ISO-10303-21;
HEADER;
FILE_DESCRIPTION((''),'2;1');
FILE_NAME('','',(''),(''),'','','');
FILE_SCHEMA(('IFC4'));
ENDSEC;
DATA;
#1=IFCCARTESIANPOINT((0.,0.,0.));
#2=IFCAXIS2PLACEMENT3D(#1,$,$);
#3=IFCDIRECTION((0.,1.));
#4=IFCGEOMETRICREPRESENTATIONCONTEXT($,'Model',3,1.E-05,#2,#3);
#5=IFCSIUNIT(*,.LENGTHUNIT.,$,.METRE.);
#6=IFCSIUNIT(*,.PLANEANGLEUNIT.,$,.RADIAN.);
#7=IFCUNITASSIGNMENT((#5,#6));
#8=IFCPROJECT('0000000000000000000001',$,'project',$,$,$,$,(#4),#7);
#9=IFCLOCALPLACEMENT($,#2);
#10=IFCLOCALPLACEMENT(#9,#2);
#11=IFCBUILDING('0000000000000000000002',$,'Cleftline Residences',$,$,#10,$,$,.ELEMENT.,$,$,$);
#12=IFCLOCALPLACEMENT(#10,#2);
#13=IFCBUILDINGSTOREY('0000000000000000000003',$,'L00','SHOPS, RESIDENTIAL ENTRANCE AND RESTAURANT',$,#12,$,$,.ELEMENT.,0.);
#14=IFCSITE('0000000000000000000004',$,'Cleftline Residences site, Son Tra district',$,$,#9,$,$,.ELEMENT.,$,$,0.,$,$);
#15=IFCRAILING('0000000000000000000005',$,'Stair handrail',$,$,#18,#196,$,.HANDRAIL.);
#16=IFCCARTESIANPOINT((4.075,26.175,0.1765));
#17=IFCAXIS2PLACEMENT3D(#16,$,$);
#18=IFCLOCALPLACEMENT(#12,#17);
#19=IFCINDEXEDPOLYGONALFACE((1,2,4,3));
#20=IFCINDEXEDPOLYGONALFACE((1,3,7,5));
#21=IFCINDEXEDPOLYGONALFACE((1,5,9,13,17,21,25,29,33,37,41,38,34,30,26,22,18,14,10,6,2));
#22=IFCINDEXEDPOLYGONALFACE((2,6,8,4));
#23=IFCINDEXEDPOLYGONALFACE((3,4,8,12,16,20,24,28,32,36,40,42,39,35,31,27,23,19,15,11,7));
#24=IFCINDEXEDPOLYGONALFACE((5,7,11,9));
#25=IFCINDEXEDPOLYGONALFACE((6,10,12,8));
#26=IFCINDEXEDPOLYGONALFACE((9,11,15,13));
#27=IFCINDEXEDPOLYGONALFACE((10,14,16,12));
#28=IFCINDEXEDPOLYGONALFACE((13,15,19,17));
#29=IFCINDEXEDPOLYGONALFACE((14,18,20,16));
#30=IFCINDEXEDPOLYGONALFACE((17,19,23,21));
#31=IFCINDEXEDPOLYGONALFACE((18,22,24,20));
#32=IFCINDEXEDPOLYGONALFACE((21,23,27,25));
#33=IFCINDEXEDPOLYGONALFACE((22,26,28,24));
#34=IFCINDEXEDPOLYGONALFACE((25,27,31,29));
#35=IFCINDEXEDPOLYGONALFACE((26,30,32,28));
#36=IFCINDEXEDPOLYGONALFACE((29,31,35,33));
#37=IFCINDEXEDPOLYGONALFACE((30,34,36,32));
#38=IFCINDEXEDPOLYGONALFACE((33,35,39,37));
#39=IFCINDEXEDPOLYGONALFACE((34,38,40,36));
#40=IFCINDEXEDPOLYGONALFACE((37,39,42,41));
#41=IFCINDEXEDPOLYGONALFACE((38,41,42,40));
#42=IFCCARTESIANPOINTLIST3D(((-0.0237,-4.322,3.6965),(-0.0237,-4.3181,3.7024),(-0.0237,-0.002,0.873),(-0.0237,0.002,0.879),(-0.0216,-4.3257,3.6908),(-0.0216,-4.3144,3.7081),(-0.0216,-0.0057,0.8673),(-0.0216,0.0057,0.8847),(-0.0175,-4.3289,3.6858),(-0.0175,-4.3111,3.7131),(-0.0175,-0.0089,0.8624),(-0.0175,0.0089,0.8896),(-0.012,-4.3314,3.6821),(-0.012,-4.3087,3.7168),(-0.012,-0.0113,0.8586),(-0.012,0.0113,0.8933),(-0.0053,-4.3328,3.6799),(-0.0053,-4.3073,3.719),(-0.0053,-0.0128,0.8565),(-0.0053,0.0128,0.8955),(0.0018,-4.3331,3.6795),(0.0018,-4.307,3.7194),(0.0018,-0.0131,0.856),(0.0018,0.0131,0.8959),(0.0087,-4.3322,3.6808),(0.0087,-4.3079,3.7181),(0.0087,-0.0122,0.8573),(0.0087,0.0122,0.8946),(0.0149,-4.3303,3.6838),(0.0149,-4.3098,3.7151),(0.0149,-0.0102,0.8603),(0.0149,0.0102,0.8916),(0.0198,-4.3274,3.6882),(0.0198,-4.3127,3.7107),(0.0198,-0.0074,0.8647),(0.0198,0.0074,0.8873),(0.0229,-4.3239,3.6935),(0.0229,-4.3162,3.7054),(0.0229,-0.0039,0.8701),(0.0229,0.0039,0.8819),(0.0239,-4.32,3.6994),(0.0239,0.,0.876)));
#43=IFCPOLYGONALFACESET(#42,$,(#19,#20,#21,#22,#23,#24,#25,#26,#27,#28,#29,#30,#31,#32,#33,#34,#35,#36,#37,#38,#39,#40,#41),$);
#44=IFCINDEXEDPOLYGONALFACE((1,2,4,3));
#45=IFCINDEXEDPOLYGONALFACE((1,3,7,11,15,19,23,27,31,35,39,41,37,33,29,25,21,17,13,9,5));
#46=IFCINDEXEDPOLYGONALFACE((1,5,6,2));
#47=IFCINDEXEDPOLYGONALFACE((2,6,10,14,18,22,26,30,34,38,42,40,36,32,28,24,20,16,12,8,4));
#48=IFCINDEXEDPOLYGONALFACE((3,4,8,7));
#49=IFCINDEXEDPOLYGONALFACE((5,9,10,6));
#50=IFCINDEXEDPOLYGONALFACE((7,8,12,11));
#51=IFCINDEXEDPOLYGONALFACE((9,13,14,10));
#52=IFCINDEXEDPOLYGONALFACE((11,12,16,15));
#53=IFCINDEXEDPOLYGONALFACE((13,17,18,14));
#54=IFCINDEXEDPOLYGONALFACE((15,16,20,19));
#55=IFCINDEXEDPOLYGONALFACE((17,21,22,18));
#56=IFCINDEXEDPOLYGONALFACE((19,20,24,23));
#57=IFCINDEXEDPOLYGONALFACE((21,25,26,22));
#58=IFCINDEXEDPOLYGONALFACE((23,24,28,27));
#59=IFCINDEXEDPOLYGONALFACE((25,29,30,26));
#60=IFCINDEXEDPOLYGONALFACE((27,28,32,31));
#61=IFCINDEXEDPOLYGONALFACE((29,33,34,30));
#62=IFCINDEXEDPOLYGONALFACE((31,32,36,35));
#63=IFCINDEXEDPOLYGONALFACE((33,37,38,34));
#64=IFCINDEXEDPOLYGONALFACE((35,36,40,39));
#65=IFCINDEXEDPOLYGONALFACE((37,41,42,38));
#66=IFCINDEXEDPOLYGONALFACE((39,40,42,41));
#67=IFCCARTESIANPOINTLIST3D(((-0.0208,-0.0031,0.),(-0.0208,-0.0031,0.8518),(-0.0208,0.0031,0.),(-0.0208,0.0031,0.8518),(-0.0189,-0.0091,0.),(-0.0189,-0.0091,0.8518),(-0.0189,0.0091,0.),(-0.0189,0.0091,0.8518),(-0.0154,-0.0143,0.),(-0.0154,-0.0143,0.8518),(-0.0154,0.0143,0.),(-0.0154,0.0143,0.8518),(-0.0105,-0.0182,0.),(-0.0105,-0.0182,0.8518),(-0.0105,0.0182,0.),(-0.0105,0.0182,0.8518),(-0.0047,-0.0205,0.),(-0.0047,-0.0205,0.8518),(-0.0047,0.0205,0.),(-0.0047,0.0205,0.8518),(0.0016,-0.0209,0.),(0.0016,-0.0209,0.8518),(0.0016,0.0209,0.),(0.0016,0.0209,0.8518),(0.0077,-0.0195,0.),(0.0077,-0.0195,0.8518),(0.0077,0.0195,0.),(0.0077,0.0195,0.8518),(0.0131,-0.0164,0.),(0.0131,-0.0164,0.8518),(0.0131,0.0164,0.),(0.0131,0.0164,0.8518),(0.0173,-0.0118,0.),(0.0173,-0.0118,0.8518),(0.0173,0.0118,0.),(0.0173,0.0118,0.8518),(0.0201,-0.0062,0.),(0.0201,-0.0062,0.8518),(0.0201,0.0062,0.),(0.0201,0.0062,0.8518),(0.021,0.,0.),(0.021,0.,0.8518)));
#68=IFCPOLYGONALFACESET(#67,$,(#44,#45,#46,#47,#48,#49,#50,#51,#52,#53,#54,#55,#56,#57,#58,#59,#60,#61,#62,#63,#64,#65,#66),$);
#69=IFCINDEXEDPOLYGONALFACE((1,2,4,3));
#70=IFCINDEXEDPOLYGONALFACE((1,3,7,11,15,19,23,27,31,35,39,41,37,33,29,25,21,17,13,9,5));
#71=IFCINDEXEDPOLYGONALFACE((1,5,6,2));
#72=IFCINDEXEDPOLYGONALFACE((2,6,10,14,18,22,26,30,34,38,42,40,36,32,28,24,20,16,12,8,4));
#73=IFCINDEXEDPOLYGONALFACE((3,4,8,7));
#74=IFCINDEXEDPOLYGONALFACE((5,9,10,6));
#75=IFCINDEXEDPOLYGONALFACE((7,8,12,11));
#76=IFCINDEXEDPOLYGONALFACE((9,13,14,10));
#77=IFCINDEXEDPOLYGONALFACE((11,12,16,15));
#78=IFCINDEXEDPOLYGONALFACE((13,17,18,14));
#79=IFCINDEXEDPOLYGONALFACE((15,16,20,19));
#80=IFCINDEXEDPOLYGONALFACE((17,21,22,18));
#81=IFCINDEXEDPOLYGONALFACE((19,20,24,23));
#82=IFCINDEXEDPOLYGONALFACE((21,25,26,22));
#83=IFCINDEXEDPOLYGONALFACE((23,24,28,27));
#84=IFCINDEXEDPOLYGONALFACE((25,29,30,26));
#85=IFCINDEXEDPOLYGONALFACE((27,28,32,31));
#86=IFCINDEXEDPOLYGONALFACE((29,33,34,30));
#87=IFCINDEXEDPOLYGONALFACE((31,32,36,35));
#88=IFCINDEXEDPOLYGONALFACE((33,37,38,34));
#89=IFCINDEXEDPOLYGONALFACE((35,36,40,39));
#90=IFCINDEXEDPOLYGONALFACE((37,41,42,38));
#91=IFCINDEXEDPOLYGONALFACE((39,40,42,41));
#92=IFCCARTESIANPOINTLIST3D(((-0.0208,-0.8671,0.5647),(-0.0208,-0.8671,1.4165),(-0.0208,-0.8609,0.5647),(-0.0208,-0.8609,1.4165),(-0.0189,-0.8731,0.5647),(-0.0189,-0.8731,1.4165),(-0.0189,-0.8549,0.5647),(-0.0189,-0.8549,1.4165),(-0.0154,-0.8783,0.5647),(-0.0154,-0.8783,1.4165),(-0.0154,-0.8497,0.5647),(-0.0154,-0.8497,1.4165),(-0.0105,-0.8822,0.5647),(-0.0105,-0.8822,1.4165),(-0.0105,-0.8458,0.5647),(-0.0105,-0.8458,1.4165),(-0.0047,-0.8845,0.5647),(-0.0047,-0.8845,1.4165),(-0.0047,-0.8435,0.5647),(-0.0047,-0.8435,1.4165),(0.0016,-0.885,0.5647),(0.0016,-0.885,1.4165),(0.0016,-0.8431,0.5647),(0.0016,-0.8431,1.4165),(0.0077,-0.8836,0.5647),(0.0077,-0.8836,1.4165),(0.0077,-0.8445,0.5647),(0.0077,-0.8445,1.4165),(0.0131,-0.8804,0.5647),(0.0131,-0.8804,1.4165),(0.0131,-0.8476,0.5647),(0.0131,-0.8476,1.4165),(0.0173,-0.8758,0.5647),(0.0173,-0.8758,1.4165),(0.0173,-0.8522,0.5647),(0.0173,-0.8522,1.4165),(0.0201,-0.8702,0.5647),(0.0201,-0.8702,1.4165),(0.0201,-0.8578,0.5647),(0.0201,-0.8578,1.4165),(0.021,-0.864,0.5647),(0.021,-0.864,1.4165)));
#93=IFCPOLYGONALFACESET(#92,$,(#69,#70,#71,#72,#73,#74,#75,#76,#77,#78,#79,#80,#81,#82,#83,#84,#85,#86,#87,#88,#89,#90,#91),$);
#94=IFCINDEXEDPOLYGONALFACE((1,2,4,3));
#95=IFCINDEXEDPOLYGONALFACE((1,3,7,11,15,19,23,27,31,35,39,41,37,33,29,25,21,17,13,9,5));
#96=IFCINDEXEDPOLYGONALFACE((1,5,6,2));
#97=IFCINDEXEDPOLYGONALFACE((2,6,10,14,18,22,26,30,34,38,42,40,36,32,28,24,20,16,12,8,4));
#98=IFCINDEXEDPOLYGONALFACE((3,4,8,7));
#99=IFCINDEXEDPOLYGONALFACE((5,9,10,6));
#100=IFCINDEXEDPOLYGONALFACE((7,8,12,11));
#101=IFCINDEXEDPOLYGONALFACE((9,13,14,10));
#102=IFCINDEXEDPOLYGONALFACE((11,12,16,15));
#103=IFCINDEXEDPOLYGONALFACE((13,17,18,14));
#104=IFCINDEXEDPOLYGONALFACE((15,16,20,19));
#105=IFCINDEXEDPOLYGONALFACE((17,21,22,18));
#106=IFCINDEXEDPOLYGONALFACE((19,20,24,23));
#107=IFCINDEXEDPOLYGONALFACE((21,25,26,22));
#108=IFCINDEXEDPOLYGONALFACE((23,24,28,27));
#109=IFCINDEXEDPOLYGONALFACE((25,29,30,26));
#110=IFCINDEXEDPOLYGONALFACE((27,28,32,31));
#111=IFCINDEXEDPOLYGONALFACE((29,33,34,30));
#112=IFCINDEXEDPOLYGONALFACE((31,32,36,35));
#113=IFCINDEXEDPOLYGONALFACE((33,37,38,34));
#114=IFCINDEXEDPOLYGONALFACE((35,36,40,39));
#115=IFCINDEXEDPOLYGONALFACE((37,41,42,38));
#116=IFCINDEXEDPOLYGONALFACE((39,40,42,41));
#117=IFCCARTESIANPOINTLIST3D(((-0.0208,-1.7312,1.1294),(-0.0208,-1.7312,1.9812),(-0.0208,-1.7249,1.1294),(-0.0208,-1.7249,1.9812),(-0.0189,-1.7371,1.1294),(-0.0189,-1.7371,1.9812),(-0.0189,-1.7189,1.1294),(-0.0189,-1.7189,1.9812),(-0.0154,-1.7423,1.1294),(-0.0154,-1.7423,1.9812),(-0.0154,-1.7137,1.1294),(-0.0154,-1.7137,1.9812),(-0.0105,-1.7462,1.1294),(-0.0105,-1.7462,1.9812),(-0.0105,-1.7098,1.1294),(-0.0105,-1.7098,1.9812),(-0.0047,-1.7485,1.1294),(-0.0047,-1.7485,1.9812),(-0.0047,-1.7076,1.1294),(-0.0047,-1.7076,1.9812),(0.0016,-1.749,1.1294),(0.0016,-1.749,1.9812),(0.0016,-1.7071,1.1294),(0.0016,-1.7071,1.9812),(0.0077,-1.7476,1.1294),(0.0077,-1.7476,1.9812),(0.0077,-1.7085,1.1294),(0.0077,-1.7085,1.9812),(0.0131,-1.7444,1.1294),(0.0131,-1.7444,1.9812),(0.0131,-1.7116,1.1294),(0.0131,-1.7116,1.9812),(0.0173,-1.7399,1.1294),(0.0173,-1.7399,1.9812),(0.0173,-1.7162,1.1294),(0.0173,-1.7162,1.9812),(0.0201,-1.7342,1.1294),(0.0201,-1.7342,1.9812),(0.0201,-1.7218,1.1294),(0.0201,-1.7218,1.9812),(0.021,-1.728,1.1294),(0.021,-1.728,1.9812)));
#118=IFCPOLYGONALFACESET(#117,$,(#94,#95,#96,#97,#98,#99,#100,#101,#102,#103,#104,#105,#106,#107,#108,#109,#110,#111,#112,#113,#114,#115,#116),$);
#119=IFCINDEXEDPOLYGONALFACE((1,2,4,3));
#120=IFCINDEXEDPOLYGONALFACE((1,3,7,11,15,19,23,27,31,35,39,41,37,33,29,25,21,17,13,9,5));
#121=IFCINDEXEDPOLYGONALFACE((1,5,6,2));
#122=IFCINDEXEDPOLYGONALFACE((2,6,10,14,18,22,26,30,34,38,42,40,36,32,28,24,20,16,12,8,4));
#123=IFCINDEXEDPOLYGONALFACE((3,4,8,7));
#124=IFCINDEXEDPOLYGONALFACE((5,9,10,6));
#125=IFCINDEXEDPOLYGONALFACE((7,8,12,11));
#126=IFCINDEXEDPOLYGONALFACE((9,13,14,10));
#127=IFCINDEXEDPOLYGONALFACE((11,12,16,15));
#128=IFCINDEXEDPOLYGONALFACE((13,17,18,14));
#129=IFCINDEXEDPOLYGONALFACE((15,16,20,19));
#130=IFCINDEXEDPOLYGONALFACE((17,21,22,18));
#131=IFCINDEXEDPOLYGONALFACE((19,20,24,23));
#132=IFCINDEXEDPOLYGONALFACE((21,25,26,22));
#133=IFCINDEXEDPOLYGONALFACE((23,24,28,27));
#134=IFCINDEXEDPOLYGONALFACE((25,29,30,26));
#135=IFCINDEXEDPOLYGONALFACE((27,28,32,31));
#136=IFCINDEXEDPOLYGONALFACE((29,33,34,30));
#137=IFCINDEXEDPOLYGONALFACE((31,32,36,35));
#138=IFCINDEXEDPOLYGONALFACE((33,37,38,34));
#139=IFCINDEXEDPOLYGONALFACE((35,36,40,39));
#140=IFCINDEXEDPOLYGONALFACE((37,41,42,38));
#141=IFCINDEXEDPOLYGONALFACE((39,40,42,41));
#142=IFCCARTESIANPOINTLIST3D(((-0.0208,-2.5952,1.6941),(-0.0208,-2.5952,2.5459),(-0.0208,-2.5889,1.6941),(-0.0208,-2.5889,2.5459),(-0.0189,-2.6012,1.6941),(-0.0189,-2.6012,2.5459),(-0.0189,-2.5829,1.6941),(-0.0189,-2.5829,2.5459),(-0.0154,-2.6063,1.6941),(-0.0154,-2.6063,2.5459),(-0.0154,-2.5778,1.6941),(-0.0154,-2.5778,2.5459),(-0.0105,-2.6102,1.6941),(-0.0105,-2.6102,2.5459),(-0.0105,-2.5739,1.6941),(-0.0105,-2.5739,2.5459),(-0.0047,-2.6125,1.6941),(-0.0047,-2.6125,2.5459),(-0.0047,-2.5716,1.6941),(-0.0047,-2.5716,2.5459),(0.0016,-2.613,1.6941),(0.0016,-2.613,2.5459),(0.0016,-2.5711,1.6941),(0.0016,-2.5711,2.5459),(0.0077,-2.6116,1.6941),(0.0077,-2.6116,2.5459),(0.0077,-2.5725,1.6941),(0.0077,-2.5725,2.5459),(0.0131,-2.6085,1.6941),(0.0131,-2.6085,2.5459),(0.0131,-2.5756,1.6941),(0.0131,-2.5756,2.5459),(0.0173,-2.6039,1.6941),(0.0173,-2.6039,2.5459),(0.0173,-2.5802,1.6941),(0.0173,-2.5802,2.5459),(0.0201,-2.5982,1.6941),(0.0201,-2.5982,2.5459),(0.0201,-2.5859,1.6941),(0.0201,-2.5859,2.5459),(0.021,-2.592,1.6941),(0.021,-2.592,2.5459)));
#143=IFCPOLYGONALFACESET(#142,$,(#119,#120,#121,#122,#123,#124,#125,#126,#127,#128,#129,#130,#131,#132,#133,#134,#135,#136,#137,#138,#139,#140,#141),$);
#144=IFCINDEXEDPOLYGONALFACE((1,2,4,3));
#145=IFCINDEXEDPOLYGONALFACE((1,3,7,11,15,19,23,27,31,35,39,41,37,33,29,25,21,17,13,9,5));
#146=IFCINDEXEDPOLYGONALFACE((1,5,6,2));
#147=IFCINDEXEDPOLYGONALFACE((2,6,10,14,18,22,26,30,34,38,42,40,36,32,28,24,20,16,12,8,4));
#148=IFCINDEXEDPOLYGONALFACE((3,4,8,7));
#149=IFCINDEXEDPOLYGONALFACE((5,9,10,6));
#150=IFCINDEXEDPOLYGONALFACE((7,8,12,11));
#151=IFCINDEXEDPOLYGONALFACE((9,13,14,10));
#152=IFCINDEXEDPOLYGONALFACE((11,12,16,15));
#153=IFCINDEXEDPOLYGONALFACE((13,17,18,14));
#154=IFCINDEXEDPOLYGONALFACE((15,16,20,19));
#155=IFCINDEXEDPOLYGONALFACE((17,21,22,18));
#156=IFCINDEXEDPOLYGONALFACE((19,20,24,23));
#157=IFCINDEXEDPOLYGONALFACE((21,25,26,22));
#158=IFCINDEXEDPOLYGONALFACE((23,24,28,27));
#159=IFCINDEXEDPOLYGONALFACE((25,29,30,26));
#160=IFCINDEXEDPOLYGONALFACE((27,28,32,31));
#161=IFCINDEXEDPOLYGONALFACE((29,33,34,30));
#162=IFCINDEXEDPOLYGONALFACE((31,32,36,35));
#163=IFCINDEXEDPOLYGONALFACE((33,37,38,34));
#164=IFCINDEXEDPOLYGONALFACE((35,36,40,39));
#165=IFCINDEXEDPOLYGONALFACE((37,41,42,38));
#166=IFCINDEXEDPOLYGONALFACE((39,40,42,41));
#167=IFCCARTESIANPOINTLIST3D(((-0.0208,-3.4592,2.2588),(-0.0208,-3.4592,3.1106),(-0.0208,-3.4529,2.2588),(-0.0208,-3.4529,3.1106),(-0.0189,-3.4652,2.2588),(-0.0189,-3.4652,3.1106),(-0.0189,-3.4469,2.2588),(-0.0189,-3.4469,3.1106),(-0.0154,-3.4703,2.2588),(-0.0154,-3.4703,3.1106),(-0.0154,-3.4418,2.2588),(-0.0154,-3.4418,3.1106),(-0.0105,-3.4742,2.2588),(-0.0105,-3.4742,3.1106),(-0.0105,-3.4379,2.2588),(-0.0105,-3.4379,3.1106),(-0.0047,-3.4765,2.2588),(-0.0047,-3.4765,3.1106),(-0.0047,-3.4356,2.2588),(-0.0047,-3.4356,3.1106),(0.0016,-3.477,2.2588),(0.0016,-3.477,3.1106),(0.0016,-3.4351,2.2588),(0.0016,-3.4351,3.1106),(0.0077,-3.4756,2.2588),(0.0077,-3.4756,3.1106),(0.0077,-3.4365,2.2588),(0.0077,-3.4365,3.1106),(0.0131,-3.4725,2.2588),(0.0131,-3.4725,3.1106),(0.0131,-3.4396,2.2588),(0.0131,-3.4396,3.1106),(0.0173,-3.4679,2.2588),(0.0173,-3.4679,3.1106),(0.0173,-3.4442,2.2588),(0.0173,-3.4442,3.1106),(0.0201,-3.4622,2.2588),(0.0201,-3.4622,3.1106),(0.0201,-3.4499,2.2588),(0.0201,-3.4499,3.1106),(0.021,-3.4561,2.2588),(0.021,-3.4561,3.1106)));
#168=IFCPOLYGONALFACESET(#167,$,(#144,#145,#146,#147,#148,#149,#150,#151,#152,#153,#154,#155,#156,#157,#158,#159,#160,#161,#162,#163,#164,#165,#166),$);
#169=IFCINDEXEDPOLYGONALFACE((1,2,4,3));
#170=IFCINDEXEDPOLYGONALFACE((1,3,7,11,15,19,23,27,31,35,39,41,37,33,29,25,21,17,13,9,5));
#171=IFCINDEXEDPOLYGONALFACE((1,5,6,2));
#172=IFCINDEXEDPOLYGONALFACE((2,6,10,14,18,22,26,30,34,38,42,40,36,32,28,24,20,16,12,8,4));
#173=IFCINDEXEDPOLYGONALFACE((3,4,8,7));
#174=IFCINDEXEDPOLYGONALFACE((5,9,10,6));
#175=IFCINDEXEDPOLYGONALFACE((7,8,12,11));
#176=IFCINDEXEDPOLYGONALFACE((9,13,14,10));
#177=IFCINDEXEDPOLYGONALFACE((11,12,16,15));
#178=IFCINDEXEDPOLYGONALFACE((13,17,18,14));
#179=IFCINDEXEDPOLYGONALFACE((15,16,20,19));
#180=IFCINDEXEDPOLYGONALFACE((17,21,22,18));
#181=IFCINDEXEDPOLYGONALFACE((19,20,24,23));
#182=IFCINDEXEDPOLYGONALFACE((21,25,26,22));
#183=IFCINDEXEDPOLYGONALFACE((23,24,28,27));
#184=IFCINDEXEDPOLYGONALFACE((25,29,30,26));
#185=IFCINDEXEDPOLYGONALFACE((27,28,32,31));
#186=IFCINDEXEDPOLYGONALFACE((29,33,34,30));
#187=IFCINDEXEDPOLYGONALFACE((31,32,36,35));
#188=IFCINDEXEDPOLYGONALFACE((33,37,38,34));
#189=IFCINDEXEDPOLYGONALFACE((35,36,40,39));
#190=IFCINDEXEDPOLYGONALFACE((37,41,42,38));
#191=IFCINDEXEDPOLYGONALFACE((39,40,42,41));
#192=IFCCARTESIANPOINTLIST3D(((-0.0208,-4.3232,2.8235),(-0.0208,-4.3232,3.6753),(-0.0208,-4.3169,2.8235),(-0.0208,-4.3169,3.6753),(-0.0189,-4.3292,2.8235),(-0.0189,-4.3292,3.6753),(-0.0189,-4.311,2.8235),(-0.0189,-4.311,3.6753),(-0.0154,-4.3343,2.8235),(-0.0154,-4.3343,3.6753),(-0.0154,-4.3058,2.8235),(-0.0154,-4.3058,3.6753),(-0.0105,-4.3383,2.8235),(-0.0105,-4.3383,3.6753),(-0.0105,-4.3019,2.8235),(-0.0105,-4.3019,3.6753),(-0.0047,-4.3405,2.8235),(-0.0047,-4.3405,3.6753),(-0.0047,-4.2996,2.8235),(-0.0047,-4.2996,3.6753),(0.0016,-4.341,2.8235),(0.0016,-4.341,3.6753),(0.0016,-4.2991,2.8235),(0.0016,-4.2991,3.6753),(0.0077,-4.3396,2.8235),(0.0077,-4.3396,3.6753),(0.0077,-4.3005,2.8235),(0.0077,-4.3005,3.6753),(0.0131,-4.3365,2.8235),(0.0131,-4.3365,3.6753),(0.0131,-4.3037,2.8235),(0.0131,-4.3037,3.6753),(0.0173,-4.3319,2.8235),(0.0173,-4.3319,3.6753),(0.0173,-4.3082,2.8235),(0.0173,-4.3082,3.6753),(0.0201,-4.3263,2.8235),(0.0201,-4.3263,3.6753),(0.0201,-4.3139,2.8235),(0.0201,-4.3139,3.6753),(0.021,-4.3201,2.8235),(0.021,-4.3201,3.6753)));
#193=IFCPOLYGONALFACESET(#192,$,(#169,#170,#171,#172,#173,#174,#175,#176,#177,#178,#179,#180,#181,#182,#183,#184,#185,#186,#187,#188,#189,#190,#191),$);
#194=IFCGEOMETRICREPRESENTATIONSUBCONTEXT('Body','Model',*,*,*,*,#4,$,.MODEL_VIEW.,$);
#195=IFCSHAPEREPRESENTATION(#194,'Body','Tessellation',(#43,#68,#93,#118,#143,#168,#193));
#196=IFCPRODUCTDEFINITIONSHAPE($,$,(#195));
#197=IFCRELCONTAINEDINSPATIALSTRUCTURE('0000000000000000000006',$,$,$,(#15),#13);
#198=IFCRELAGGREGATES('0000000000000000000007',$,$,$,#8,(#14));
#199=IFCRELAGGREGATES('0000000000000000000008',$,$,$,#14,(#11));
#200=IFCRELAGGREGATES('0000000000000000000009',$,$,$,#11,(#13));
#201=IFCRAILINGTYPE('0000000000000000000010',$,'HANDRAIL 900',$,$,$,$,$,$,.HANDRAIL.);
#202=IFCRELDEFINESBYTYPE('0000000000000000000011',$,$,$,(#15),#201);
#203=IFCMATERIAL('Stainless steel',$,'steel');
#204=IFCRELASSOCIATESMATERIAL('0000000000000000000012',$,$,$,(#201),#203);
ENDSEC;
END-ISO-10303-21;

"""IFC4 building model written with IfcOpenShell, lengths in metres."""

from ifc_helpers import new_model, si_unit, direction, frame, origin, origin_2d, place, context, subcontext, project, spatial, circle, extrude, material, type_object, element, save


model = new_model("IFC4")

# Units and contexts
model_context = context("Model", 3, precision=1e-05, world=origin(), true_north=direction((0.0, 1.0)))
body_context = subcontext(model_context, "Body", "Model", "MODEL_VIEW")
ifc_project = project(units=[si_unit("LENGTHUNIT", "METRE"), si_unit("PLANEANGLEUNIT", "RADIAN")], contexts=[model_context])

# Site, building, storey
site_placement = place(None, origin())
site = spatial("IfcSite", under=ifc_project, at=site_placement, Name="Cleftline Residences site, Son Tra district", CompositionType="ELEMENT", RefElevation=0.0)
building_placement = place(site_placement, origin())
building = spatial("IfcBuilding", under=site, at=building_placement, Name="Cleftline Residences", CompositionType="ELEMENT")
storey_placement = place(building_placement, origin())
storey = spatial("IfcBuildingStorey", under=building, at=storey_placement, Name="L00", Description="SHOPS, RESIDENTIAL ENTRANCE AND RESTAURANT", CompositionType="ELEMENT", Elevation=0.0)

# Railing
ifc_material_1 = material(Name="Stainless steel", Category="steel")
railing_type = type_object("IfcRailingType", Name="HANDRAIL 900", PredefinedType="HANDRAIL", material=ifc_material_1)
railing_1_placement = place(storey_placement, frame((4.075, 26.175, 0.1765)))
element("IfcRailing", 1, at=railing_1_placement, inside=storey, type_object=railing_type, Name="Stair handrail", PredefinedType="HANDRAIL", context=body_context, shape_type="SweptSolid", body=[
    extrude(circle(Radius=0.0239, at=origin_2d()), frame((0.0, 0.0, 0.876), z_axis=(0.0, -0.837074, 0.54709), x_axis=(1.0, 0.0, 0.0)), (0.0, 0.0, 1.0), 5.1609),
    extrude(circle(Radius=0.021, at=origin_2d()), origin(), (0.0, 0.0, 1.0), 0.8518),
    extrude(circle(Radius=0.021, at=origin_2d()), frame((0.0, -0.864, 0.5647)), (0.0, 0.0, 1.0), 0.8518),
    extrude(circle(Radius=0.021, at=origin_2d()), frame((0.0, -1.728, 1.1294)), (0.0, 0.0, 1.0), 0.8518),
    extrude(circle(Radius=0.021, at=origin_2d()), frame((0.0, -2.592, 1.6941)), (0.0, 0.0, 1.0), 0.8518),
    extrude(circle(Radius=0.021, at=origin_2d()), frame((0.0, -3.4561, 2.2588)), (0.0, 0.0, 1.0), 0.8518),
    extrude(circle(Radius=0.021, at=origin_2d()), frame((0.0, -4.3201, 2.8235)), (0.0, 0.0, 1.0), 0.8518),
])

save(model, "model.ifc")
